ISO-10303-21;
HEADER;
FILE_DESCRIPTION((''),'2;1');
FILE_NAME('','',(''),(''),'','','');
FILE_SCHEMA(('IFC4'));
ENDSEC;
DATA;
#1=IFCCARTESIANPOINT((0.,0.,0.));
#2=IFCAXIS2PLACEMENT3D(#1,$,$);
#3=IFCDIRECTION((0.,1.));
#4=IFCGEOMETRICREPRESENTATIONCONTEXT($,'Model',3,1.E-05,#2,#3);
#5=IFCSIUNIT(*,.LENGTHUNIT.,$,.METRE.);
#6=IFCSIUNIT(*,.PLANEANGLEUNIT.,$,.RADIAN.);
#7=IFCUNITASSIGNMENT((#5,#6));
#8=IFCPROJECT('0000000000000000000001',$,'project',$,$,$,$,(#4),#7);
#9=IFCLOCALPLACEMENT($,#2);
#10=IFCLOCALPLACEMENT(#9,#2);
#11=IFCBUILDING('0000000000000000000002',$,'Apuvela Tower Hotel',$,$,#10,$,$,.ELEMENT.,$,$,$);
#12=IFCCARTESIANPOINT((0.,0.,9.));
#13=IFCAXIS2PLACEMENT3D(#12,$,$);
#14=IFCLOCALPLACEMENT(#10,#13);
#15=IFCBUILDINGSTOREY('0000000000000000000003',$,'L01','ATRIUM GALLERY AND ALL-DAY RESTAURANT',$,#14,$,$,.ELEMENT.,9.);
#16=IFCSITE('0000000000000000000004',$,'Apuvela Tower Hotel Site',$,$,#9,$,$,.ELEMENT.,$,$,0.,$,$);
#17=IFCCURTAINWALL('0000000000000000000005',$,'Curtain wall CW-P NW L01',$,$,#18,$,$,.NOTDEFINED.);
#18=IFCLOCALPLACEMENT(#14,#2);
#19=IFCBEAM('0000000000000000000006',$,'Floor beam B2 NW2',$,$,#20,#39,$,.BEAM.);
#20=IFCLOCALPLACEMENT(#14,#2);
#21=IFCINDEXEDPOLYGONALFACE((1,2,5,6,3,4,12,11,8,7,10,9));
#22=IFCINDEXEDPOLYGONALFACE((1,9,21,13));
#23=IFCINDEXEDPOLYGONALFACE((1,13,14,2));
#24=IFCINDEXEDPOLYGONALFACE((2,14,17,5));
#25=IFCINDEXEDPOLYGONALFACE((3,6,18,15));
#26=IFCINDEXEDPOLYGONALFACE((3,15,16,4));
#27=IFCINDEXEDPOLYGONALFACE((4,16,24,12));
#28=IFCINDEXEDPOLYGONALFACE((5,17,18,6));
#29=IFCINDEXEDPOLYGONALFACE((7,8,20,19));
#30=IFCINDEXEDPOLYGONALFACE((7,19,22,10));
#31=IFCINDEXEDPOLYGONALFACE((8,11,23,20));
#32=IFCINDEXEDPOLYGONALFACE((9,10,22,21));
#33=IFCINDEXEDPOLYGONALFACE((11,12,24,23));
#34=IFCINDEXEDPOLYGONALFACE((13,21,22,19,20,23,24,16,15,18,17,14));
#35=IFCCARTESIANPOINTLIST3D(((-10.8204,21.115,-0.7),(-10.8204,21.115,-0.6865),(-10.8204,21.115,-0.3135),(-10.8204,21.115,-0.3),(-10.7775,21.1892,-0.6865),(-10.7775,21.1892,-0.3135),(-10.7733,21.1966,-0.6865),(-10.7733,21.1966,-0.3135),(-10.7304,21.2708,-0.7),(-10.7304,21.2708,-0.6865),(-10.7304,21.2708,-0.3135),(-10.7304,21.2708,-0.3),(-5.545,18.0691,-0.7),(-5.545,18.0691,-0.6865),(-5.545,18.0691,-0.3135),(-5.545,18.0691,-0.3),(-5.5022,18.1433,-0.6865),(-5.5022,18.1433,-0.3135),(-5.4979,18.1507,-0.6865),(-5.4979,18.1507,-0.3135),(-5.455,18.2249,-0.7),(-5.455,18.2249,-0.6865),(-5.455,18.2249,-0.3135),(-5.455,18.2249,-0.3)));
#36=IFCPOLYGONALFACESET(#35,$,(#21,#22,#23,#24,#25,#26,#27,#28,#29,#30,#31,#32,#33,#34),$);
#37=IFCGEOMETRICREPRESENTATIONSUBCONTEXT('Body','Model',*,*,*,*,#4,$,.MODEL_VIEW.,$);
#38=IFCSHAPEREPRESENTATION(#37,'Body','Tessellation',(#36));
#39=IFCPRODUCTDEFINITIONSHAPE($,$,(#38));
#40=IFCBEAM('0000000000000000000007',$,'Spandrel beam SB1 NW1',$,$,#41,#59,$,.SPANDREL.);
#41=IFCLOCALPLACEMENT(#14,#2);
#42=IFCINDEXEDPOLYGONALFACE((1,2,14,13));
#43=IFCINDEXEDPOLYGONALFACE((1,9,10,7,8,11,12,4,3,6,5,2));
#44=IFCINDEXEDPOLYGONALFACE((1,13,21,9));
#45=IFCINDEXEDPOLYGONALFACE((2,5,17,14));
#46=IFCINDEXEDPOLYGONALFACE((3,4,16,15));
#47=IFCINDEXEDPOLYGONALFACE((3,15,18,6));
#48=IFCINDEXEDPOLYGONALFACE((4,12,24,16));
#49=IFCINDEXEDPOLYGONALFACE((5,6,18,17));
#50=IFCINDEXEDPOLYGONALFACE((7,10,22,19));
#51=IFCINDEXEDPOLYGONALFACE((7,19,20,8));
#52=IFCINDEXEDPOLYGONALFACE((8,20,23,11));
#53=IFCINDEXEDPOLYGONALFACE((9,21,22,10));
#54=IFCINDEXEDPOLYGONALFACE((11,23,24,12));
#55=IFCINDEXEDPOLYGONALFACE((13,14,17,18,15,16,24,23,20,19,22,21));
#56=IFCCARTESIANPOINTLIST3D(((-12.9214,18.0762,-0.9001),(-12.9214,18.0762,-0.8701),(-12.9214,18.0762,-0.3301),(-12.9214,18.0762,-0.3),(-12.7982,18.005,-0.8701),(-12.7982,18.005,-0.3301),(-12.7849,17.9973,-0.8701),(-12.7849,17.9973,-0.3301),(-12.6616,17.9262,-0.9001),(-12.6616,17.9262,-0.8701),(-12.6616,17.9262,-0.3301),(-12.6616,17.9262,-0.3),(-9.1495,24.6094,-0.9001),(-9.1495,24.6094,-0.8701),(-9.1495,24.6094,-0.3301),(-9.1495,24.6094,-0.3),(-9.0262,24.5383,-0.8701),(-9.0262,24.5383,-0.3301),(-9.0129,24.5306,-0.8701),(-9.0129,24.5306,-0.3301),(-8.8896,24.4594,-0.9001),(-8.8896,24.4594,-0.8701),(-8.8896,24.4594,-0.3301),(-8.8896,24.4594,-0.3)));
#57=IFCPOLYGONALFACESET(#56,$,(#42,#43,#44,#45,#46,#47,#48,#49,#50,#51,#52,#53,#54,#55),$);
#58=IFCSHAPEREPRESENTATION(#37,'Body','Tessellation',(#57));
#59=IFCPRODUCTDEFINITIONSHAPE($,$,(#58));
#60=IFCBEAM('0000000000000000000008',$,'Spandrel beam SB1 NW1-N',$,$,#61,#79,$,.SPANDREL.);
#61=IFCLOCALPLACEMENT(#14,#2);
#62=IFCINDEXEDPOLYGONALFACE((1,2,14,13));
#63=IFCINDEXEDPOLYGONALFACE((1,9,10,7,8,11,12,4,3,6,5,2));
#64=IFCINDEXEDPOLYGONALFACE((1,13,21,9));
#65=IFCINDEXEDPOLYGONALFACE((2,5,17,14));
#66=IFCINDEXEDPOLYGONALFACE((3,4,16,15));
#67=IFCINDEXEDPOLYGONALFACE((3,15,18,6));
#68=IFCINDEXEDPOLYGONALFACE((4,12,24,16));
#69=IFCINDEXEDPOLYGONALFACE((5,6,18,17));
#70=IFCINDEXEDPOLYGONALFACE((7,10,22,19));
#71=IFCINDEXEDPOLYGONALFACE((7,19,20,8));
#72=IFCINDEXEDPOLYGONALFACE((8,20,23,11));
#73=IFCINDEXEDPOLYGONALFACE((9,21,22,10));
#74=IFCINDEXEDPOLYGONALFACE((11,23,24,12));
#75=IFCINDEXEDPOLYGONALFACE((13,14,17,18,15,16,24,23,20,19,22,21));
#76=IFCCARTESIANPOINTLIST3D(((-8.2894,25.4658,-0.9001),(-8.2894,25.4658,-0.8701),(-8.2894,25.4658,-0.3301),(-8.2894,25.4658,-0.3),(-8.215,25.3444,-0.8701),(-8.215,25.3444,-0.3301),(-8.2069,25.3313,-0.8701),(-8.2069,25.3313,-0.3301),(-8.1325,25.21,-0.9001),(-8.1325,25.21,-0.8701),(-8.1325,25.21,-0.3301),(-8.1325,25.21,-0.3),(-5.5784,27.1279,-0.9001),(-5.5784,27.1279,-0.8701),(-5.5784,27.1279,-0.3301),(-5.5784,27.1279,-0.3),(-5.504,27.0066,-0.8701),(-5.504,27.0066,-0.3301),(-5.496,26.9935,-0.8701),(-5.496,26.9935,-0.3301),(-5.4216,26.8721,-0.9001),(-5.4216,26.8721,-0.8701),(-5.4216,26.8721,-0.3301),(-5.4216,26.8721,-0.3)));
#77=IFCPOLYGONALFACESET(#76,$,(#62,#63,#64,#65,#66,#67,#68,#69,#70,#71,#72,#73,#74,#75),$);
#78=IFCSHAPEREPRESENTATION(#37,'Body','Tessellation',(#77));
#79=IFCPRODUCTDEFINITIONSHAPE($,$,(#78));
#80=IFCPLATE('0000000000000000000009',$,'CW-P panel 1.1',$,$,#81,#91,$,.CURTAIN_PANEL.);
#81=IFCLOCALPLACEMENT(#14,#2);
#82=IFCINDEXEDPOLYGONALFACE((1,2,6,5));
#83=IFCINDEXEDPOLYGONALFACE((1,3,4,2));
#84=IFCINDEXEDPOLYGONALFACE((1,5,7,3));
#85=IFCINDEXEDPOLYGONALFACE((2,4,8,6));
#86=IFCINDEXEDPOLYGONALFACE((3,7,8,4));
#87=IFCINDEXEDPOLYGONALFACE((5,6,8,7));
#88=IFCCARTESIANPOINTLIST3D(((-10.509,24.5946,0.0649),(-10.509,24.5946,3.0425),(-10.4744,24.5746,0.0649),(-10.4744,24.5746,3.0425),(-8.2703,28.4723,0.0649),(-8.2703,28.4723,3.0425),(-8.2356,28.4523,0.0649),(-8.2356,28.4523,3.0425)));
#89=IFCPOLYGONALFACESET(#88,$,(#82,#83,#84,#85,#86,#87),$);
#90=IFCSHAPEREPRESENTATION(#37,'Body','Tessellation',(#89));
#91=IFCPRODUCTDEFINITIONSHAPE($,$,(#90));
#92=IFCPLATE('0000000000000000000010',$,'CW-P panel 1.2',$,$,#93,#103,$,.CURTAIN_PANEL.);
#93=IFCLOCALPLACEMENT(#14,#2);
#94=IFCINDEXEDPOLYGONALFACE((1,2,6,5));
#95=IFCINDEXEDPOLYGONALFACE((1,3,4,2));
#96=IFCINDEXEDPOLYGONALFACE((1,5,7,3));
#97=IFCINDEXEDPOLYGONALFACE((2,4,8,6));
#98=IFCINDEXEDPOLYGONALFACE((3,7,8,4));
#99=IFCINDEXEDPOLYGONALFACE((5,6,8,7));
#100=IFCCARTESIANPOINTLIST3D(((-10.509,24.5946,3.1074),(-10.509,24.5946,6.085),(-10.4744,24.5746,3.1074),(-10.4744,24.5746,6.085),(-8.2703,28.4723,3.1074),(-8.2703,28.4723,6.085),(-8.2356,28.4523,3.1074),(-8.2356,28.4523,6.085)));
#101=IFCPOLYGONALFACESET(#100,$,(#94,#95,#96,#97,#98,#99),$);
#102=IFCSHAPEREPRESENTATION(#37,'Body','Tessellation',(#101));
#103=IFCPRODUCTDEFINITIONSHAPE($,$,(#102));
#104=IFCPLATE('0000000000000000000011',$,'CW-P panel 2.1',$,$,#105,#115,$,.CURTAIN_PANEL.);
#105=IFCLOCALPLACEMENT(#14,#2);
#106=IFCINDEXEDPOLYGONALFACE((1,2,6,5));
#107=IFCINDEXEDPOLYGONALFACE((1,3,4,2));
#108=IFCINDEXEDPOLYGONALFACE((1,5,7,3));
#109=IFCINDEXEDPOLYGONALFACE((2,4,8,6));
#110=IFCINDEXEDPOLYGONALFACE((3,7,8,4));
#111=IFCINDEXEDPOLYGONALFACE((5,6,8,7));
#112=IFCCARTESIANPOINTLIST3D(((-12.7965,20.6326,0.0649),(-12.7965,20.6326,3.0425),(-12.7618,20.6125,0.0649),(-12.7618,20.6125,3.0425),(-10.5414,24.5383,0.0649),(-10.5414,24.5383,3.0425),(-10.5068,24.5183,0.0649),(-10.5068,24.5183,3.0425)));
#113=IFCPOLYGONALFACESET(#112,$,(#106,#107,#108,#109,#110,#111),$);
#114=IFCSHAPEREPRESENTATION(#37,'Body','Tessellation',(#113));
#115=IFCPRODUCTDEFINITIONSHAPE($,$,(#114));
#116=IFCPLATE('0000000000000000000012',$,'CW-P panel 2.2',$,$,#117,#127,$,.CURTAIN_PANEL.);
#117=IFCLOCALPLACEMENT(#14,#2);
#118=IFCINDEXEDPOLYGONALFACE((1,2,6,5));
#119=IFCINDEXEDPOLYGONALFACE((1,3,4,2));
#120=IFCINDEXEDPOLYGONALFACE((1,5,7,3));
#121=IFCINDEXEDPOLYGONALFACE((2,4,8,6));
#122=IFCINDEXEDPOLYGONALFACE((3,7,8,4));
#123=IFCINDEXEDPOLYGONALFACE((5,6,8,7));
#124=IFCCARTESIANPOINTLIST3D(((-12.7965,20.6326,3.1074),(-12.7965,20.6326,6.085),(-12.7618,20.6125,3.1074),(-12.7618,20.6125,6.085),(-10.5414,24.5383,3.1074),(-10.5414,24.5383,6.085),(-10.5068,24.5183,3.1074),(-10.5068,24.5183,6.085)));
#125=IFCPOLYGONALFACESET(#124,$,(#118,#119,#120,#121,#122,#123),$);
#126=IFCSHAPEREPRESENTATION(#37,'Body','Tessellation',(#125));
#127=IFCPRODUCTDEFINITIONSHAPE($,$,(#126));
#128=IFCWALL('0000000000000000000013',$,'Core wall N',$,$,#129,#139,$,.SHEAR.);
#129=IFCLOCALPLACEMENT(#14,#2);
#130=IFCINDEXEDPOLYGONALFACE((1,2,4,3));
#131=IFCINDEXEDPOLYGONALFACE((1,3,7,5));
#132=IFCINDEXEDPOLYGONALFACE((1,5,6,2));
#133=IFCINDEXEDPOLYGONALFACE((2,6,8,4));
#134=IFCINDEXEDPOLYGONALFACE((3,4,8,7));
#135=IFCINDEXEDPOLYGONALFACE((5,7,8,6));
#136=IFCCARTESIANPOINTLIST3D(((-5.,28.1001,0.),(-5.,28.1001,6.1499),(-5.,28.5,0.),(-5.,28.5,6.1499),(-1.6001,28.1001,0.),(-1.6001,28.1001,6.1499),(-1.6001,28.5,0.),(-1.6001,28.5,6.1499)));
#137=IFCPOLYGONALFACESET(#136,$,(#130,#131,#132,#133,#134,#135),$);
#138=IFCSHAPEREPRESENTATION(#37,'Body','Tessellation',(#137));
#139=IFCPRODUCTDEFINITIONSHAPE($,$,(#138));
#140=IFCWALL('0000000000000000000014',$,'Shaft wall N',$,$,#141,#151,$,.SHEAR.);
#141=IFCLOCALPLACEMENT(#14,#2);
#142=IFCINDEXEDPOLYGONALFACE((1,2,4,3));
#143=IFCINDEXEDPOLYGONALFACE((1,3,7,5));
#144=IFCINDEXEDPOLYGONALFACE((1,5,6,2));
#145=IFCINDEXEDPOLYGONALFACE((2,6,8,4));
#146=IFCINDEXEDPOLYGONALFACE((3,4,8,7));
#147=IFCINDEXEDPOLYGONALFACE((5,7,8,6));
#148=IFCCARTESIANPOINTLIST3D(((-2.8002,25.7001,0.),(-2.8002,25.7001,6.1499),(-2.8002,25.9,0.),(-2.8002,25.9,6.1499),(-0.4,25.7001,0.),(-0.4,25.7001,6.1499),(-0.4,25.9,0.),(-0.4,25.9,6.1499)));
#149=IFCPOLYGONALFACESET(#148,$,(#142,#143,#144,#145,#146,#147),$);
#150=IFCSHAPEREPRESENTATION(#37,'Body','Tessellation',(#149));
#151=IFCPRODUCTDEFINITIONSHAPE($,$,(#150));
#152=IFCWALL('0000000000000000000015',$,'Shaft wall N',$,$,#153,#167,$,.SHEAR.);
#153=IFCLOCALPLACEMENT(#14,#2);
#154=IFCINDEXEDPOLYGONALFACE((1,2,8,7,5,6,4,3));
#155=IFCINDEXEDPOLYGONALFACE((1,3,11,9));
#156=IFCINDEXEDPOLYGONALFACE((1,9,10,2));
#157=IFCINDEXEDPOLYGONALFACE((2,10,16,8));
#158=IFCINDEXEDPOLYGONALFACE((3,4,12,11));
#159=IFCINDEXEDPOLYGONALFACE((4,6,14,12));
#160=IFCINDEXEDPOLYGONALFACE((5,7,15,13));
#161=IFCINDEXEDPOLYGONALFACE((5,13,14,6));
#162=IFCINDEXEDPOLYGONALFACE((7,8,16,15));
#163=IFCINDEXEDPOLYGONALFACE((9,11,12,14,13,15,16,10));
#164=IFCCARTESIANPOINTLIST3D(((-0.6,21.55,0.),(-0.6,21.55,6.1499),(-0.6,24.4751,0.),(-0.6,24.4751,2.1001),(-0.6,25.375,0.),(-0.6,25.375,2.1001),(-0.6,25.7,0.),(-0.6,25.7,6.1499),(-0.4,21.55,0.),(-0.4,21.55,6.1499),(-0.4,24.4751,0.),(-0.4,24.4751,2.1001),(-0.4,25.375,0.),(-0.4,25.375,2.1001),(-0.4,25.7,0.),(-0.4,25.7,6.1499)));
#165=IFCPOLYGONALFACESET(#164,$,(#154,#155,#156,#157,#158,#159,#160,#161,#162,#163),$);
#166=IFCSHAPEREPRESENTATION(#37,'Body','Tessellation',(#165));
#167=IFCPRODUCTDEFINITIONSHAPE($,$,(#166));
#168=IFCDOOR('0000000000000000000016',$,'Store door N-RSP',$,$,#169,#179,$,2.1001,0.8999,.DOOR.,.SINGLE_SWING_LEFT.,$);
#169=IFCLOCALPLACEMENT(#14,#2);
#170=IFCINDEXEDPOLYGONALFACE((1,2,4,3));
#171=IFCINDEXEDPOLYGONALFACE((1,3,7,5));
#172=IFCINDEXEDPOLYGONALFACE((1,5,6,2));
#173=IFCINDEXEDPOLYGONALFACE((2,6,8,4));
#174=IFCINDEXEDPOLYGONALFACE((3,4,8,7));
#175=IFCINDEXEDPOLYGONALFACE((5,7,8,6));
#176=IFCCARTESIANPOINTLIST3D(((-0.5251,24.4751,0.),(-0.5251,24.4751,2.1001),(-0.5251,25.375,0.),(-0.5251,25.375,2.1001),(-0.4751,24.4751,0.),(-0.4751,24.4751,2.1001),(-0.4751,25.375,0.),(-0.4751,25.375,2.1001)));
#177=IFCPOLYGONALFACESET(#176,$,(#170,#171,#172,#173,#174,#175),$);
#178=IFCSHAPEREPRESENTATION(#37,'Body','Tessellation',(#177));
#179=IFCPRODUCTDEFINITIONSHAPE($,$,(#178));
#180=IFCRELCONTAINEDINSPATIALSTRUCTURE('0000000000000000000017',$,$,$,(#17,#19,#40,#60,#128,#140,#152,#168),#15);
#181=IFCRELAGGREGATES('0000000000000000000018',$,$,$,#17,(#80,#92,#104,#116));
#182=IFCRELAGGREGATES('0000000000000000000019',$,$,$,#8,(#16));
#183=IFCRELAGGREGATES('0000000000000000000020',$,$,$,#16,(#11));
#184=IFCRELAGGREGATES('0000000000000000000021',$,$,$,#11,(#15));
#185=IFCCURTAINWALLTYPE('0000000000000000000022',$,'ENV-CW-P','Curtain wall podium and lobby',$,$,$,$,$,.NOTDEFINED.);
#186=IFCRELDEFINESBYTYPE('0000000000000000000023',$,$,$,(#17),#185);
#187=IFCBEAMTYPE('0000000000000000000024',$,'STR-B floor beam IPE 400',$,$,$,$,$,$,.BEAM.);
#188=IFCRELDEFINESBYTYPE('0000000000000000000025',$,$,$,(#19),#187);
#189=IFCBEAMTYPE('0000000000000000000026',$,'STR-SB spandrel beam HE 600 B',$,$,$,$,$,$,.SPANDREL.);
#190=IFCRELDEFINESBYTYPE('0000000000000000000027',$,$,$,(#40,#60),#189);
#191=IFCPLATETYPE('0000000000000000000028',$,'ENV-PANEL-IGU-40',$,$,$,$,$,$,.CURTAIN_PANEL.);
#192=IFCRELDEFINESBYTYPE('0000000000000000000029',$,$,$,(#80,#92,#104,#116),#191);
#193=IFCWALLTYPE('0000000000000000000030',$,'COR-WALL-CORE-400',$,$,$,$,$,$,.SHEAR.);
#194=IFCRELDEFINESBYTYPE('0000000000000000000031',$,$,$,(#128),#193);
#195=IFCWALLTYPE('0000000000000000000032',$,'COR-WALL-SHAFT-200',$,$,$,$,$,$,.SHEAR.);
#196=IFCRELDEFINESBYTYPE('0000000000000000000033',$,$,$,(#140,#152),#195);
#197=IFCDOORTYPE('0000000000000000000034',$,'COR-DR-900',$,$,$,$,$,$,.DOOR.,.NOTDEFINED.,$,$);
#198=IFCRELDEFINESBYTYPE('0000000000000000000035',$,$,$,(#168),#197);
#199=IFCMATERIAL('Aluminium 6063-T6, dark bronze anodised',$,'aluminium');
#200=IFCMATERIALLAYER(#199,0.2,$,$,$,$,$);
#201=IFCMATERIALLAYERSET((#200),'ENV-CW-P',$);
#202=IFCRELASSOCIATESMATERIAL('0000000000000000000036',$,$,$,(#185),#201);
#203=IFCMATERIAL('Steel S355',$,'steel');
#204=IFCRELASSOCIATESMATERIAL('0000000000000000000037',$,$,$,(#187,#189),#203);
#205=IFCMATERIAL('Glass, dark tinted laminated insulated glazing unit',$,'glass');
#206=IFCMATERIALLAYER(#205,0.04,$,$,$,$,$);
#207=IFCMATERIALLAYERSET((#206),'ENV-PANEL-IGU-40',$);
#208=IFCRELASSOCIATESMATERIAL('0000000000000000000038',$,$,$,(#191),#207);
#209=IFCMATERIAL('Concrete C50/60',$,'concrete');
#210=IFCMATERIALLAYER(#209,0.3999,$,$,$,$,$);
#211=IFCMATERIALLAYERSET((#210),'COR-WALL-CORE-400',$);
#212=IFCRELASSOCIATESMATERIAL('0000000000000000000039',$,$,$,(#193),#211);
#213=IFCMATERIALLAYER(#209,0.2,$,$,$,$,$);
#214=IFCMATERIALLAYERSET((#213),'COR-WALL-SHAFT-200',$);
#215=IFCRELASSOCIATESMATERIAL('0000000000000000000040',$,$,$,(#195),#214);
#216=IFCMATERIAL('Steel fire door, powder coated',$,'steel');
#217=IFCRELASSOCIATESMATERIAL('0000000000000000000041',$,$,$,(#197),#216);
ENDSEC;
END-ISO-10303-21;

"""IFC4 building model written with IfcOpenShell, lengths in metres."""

from ifc_helpers import new_model, si_unit, direction, frame, frame_2d, origin, origin_2d, place, context, subcontext, project, spatial, rectangle, i_section, extrude, material, layer, layer_set, material_profile, profile_set, type_object, element, fill, aggregate, save


model = new_model("IFC4")

# Units and contexts
model_context = context("Model", 3, precision=1e-05, world=origin(), true_north=direction((0.0, 1.0)))
body_context = subcontext(model_context, "Body", "Model", "MODEL_VIEW")
ifc_project = project(units=[si_unit("LENGTHUNIT", "METRE"), si_unit("PLANEANGLEUNIT", "RADIAN")], contexts=[model_context])

# Site, building, storey
site_placement = place(None, origin())
site = spatial("IfcSite", under=ifc_project, at=site_placement, Name="Apuvela Tower Hotel Site", CompositionType="ELEMENT", RefElevation=0.0)
building_placement = place(site_placement, origin())
building = spatial("IfcBuilding", under=site, at=building_placement, Name="Apuvela Tower Hotel", CompositionType="ELEMENT")
storey_placement = place(building_placement, frame((0.0, 0.0, 9.0)))
storey = spatial("IfcBuildingStorey", under=building, at=storey_placement, Name="L01", Description="ATRIUM GALLERY AND ALL-DAY RESTAURANT", CompositionType="ELEMENT", Elevation=9.0)

# Curtain wall
ifc_material_1 = material(Name="Aluminium 6063-T6, dark bronze anodised", Category="aluminium")
ifc_layer_1 = layer(ifc_material_1, 0.2)
ifc_layer_set_1 = layer_set([ifc_layer_1], Name="ENV-CW-P")
curtain_wall_type = type_object("IfcCurtainWallType", Name="ENV-CW-P", Description="Curtain wall podium and lobby", PredefinedType="NOTDEFINED", material=ifc_layer_set_1)
curtain_wall_placement = place(storey_placement, origin())
curtain_wall = element("IfcCurtainWall", 1, at=curtain_wall_placement, inside=storey, type_object=curtain_wall_type, Name="Curtain wall CW-P NW L01", PredefinedType="NOTDEFINED")

# Beams
ifc_material_2 = material(Name="Steel S355", Category="steel")
ifc_material_profile_1 = material_profile(ifc_material_2, i_section(OverallWidth=0.1799, OverallDepth=0.3999, WebThickness=0.0085, FlangeThickness=0.0134, at=origin_2d()), Name="IPE 400")
ifc_profile_set_1 = profile_set([ifc_material_profile_1], Name="Steel S355")
beam_type_1 = type_object("IfcBeamType", Name="STR-B floor beam IPE 400", PredefinedType="BEAM", material=ifc_profile_set_1)
beam_1_placement = place(storey_placement, frame((-10.7754, 21.1929, -0.5), z_axis=(0.866015, -0.500018, 0.0), x_axis=(0.500018, 0.866015, 0.0)))
element("IfcBeam", 2, at=beam_1_placement, inside=storey, type_object=beam_type_1, Name="Floor beam B2 NW2", PredefinedType="BEAM", context=body_context, shape_type="SweptSolid", body=[
    extrude(i_section(OverallWidth=0.1799, OverallDepth=0.3999, WebThickness=0.0085, FlangeThickness=0.0134, at=origin_2d()), origin(), (0.0, 0.0, 1.0), 6.0916),
])
ifc_material_profile_2 = material_profile(ifc_material_2, i_section(OverallWidth=0.3, OverallDepth=0.6001, WebThickness=0.0154, FlangeThickness=0.03, at=origin_2d()), Name="HE 600 B")
ifc_profile_set_2 = profile_set([ifc_material_profile_2], Name="Steel S355")
beam_type_2 = type_object("IfcBeamType", Name="STR-SB spandrel beam HE 600 B", PredefinedType="SPANDREL", material=ifc_profile_set_2)
beam_2_placement = place(storey_placement, frame((-9.0195, 24.5344, -0.6001), z_axis=(-0.500003, -0.866024, 0.0), x_axis=(0.866024, -0.500003, 0.0)))
element("IfcBeam", 3, at=beam_2_placement, inside=storey, type_object=beam_type_2, Name="Spandrel beam SB1 NW1", PredefinedType="SPANDREL", context=body_context, shape_type="SweptSolid", body=[
    extrude(i_section(OverallWidth=0.3, OverallDepth=0.6001, WebThickness=0.0154, FlangeThickness=0.03, at=origin_2d()), origin(), (0.0, 0.0, 1.0), 7.5439),
])
beam_3_placement = place(storey_placement, frame((-8.2109, 25.3379, -0.6001), z_axis=(0.852522, 0.522692, 0.0), x_axis=(-0.522692, 0.852522, 0.0)))
element("IfcBeam", 4, at=beam_3_placement, inside=storey, type_object=beam_type_2, Name="Spandrel beam SB1 NW1-N", PredefinedType="SPANDREL", context=body_context, shape_type="SweptSolid", body=[
    extrude(i_section(OverallWidth=0.3, OverallDepth=0.6001, WebThickness=0.0154, FlangeThickness=0.03, at=origin_2d()), origin(), (0.0, 0.0, 1.0), 3.1799),
])

# Plates
ifc_material_3 = material(Name="Glass, dark tinted laminated insulated glazing unit", Category="glass")
ifc_layer_2 = layer(ifc_material_3, 0.04)
ifc_layer_set_2 = layer_set([ifc_layer_2], Name="ENV-PANEL-IGU-40")
plate_type = type_object("IfcPlateType", Name="ENV-PANEL-IGU-40", PredefinedType="CURTAIN_PANEL", material=ifc_layer_set_2)
plate_1_placement = place(storey_placement, frame((-9.3723, 26.5234, 0.0649), z_axis=(0.0, 0.0, 1.0), x_axis=(-0.5, -0.866025, 0.0)))
plate_1 = element("IfcPlate", 5, at=plate_1_placement, type_object=plate_type, Name="CW-P panel 1.1", PredefinedType="CURTAIN_PANEL", context=body_context, shape_type="SweptSolid", body=[
    extrude(rectangle(XDim=4.4775, YDim=0.04, at=origin_2d()), origin(), (0.0, 0.0, 1.0), 2.9775),
])
plate_2_placement = place(storey_placement, frame((-9.3723, 26.5234, 3.1074), z_axis=(0.0, 0.0, 1.0), x_axis=(-0.5, -0.866025, 0.0)))
plate_2 = element("IfcPlate", 6, at=plate_2_placement, type_object=plate_type, Name="CW-P panel 1.2", PredefinedType="CURTAIN_PANEL", context=body_context, shape_type="SweptSolid", body=[
    extrude(rectangle(XDim=4.4775, YDim=0.04, at=origin_2d()), origin(), (0.0, 0.0, 1.0), 2.9775),
])
plate_3_placement = place(storey_placement, frame((-11.6516, 22.5754, 0.0649), z_axis=(0.0, 0.0, 1.0), x_axis=(-0.5, -0.866025, 0.0)))
plate_3 = element("IfcPlate", 7, at=plate_3_placement, type_object=plate_type, Name="CW-P panel 2.1", PredefinedType="CURTAIN_PANEL", context=body_context, shape_type="SweptSolid", body=[
    extrude(rectangle(XDim=4.51, YDim=0.04, at=origin_2d()), origin(), (0.0, 0.0, 1.0), 2.9775),
])
plate_4_placement = place(storey_placement, frame((-11.6516, 22.5754, 3.1074), z_axis=(0.0, 0.0, 1.0), x_axis=(-0.5, -0.866025, 0.0)))
plate_4 = element("IfcPlate", 8, at=plate_4_placement, type_object=plate_type, Name="CW-P panel 2.2", PredefinedType="CURTAIN_PANEL", context=body_context, shape_type="SweptSolid", body=[
    extrude(rectangle(XDim=4.51, YDim=0.04, at=origin_2d()), origin(), (0.0, 0.0, 1.0), 2.9775),
])
aggregate(curtain_wall, [plate_1, plate_2, plate_3, plate_4])

# Walls
ifc_material_4 = material(Name="Concrete C50/60", Category="concrete")
ifc_layer_3 = layer(ifc_material_4, 0.3999)
ifc_layer_set_3 = layer_set([ifc_layer_3], Name="COR-WALL-CORE-400")
wall_type_1 = type_object("IfcWallType", Name="COR-WALL-CORE-400", PredefinedType="SHEAR", material=ifc_layer_set_3)
wall_1_placement = place(storey_placement, frame((-1.6001, 28.3, 0.0), z_axis=(0.0, 0.0, 1.0), x_axis=(-1.0, 0.0, 0.0)))
element("IfcWall", 9, at=wall_1_placement, inside=storey, type_object=wall_type_1, Name="Core wall N", PredefinedType="SHEAR", context=body_context, shape_type="SweptSolid", body=[
    extrude(rectangle(XDim=3.3999, YDim=0.3999, at=frame_2d((1.7, 0.0))), origin(), (0.0, 0.0, 1.0), 6.1499),
])
ifc_layer_4 = layer(ifc_material_4, 0.2)
ifc_layer_set_4 = layer_set([ifc_layer_4], Name="COR-WALL-SHAFT-200")
wall_type_2 = type_object("IfcWallType", Name="COR-WALL-SHAFT-200", PredefinedType="SHEAR", material=ifc_layer_set_4)
wall_2_placement = place(storey_placement, frame((-0.3999, 25.8, 0.0), z_axis=(0.0, 0.0, 1.0), x_axis=(-1.0, 0.0, 0.0)))
element("IfcWall", 10, at=wall_2_placement, inside=storey, type_object=wall_type_2, Name="Shaft wall N", PredefinedType="SHEAR", context=body_context, shape_type="SweptSolid", body=[
    extrude(rectangle(XDim=2.4001, YDim=0.2, at=frame_2d((1.2002, 0.0))), origin(), (0.0, 0.0, 1.0), 6.1499),
])

# Wall, opening, door
wall_3_placement = place(storey_placement, frame((-0.5, 21.55, 0.0), z_axis=(0.0, 0.0, 1.0), x_axis=(0.0, 1.0, 0.0)))
wall_3 = element("IfcWall", 11, at=wall_3_placement, inside=storey, type_object=wall_type_2, Name="Shaft wall N", PredefinedType="SHEAR", context=body_context, shape_type="SweptSolid", body=[
    extrude(rectangle(XDim=4.1499, YDim=0.2, at=frame_2d((2.075, 0.0))), origin(), (0.0, 0.0, 1.0), 6.1499),
])
opening_1_placement = place(wall_3_placement, frame((2.925, 0.0, 0.0)))
opening_1 = element("IfcOpeningElement", 12, at=opening_1_placement, cuts=wall_3, PredefinedType="OPENING", context=body_context, shape_type="SweptSolid", body=[
    extrude(rectangle(XDim=0.8999, YDim=2.1001, at=frame_2d((0.45, 1.05))), frame((0.0, 0.1099, 0.0), z_axis=(0.0, -1.0, 0.0), x_axis=(1.0, 0.0, 0.0)), (0.0, 0.0, 1.0), 0.22),
])
ifc_material_5 = material(Name="Steel fire door, powder coated", Category="steel")
door_type_1 = type_object("IfcDoorType", Name="COR-DR-900", OperationType="NOTDEFINED", PredefinedType="DOOR", material=ifc_material_5)
door_1_placement = place(opening_1_placement, frame((0.8999, 0.0, 0.0), z_axis=(0.0, 0.0, 1.0), x_axis=(-1.0, 0.0, 0.0)))
door_1 = element("IfcDoor", 13, at=door_1_placement, inside=storey, type_object=door_type_1, Name="Store door N-RSP", OperationType="SINGLE_SWING_LEFT", OverallHeight=2.1001, OverallWidth=0.8999, PredefinedType="DOOR", context=body_context, shape_type="SweptSolid", body=[
    extrude(rectangle(XDim=0.8999, YDim=2.1001, at=frame_2d((0.45, 1.05))), frame((0.0, 0.0249, 0.0), z_axis=(0.0, -1.0, 0.0), x_axis=(1.0, 0.0, 0.0)), (0.0, 0.0, 1.0), 0.05),
])
fill(opening_1, door_1)

save(model, "model.ifc")
